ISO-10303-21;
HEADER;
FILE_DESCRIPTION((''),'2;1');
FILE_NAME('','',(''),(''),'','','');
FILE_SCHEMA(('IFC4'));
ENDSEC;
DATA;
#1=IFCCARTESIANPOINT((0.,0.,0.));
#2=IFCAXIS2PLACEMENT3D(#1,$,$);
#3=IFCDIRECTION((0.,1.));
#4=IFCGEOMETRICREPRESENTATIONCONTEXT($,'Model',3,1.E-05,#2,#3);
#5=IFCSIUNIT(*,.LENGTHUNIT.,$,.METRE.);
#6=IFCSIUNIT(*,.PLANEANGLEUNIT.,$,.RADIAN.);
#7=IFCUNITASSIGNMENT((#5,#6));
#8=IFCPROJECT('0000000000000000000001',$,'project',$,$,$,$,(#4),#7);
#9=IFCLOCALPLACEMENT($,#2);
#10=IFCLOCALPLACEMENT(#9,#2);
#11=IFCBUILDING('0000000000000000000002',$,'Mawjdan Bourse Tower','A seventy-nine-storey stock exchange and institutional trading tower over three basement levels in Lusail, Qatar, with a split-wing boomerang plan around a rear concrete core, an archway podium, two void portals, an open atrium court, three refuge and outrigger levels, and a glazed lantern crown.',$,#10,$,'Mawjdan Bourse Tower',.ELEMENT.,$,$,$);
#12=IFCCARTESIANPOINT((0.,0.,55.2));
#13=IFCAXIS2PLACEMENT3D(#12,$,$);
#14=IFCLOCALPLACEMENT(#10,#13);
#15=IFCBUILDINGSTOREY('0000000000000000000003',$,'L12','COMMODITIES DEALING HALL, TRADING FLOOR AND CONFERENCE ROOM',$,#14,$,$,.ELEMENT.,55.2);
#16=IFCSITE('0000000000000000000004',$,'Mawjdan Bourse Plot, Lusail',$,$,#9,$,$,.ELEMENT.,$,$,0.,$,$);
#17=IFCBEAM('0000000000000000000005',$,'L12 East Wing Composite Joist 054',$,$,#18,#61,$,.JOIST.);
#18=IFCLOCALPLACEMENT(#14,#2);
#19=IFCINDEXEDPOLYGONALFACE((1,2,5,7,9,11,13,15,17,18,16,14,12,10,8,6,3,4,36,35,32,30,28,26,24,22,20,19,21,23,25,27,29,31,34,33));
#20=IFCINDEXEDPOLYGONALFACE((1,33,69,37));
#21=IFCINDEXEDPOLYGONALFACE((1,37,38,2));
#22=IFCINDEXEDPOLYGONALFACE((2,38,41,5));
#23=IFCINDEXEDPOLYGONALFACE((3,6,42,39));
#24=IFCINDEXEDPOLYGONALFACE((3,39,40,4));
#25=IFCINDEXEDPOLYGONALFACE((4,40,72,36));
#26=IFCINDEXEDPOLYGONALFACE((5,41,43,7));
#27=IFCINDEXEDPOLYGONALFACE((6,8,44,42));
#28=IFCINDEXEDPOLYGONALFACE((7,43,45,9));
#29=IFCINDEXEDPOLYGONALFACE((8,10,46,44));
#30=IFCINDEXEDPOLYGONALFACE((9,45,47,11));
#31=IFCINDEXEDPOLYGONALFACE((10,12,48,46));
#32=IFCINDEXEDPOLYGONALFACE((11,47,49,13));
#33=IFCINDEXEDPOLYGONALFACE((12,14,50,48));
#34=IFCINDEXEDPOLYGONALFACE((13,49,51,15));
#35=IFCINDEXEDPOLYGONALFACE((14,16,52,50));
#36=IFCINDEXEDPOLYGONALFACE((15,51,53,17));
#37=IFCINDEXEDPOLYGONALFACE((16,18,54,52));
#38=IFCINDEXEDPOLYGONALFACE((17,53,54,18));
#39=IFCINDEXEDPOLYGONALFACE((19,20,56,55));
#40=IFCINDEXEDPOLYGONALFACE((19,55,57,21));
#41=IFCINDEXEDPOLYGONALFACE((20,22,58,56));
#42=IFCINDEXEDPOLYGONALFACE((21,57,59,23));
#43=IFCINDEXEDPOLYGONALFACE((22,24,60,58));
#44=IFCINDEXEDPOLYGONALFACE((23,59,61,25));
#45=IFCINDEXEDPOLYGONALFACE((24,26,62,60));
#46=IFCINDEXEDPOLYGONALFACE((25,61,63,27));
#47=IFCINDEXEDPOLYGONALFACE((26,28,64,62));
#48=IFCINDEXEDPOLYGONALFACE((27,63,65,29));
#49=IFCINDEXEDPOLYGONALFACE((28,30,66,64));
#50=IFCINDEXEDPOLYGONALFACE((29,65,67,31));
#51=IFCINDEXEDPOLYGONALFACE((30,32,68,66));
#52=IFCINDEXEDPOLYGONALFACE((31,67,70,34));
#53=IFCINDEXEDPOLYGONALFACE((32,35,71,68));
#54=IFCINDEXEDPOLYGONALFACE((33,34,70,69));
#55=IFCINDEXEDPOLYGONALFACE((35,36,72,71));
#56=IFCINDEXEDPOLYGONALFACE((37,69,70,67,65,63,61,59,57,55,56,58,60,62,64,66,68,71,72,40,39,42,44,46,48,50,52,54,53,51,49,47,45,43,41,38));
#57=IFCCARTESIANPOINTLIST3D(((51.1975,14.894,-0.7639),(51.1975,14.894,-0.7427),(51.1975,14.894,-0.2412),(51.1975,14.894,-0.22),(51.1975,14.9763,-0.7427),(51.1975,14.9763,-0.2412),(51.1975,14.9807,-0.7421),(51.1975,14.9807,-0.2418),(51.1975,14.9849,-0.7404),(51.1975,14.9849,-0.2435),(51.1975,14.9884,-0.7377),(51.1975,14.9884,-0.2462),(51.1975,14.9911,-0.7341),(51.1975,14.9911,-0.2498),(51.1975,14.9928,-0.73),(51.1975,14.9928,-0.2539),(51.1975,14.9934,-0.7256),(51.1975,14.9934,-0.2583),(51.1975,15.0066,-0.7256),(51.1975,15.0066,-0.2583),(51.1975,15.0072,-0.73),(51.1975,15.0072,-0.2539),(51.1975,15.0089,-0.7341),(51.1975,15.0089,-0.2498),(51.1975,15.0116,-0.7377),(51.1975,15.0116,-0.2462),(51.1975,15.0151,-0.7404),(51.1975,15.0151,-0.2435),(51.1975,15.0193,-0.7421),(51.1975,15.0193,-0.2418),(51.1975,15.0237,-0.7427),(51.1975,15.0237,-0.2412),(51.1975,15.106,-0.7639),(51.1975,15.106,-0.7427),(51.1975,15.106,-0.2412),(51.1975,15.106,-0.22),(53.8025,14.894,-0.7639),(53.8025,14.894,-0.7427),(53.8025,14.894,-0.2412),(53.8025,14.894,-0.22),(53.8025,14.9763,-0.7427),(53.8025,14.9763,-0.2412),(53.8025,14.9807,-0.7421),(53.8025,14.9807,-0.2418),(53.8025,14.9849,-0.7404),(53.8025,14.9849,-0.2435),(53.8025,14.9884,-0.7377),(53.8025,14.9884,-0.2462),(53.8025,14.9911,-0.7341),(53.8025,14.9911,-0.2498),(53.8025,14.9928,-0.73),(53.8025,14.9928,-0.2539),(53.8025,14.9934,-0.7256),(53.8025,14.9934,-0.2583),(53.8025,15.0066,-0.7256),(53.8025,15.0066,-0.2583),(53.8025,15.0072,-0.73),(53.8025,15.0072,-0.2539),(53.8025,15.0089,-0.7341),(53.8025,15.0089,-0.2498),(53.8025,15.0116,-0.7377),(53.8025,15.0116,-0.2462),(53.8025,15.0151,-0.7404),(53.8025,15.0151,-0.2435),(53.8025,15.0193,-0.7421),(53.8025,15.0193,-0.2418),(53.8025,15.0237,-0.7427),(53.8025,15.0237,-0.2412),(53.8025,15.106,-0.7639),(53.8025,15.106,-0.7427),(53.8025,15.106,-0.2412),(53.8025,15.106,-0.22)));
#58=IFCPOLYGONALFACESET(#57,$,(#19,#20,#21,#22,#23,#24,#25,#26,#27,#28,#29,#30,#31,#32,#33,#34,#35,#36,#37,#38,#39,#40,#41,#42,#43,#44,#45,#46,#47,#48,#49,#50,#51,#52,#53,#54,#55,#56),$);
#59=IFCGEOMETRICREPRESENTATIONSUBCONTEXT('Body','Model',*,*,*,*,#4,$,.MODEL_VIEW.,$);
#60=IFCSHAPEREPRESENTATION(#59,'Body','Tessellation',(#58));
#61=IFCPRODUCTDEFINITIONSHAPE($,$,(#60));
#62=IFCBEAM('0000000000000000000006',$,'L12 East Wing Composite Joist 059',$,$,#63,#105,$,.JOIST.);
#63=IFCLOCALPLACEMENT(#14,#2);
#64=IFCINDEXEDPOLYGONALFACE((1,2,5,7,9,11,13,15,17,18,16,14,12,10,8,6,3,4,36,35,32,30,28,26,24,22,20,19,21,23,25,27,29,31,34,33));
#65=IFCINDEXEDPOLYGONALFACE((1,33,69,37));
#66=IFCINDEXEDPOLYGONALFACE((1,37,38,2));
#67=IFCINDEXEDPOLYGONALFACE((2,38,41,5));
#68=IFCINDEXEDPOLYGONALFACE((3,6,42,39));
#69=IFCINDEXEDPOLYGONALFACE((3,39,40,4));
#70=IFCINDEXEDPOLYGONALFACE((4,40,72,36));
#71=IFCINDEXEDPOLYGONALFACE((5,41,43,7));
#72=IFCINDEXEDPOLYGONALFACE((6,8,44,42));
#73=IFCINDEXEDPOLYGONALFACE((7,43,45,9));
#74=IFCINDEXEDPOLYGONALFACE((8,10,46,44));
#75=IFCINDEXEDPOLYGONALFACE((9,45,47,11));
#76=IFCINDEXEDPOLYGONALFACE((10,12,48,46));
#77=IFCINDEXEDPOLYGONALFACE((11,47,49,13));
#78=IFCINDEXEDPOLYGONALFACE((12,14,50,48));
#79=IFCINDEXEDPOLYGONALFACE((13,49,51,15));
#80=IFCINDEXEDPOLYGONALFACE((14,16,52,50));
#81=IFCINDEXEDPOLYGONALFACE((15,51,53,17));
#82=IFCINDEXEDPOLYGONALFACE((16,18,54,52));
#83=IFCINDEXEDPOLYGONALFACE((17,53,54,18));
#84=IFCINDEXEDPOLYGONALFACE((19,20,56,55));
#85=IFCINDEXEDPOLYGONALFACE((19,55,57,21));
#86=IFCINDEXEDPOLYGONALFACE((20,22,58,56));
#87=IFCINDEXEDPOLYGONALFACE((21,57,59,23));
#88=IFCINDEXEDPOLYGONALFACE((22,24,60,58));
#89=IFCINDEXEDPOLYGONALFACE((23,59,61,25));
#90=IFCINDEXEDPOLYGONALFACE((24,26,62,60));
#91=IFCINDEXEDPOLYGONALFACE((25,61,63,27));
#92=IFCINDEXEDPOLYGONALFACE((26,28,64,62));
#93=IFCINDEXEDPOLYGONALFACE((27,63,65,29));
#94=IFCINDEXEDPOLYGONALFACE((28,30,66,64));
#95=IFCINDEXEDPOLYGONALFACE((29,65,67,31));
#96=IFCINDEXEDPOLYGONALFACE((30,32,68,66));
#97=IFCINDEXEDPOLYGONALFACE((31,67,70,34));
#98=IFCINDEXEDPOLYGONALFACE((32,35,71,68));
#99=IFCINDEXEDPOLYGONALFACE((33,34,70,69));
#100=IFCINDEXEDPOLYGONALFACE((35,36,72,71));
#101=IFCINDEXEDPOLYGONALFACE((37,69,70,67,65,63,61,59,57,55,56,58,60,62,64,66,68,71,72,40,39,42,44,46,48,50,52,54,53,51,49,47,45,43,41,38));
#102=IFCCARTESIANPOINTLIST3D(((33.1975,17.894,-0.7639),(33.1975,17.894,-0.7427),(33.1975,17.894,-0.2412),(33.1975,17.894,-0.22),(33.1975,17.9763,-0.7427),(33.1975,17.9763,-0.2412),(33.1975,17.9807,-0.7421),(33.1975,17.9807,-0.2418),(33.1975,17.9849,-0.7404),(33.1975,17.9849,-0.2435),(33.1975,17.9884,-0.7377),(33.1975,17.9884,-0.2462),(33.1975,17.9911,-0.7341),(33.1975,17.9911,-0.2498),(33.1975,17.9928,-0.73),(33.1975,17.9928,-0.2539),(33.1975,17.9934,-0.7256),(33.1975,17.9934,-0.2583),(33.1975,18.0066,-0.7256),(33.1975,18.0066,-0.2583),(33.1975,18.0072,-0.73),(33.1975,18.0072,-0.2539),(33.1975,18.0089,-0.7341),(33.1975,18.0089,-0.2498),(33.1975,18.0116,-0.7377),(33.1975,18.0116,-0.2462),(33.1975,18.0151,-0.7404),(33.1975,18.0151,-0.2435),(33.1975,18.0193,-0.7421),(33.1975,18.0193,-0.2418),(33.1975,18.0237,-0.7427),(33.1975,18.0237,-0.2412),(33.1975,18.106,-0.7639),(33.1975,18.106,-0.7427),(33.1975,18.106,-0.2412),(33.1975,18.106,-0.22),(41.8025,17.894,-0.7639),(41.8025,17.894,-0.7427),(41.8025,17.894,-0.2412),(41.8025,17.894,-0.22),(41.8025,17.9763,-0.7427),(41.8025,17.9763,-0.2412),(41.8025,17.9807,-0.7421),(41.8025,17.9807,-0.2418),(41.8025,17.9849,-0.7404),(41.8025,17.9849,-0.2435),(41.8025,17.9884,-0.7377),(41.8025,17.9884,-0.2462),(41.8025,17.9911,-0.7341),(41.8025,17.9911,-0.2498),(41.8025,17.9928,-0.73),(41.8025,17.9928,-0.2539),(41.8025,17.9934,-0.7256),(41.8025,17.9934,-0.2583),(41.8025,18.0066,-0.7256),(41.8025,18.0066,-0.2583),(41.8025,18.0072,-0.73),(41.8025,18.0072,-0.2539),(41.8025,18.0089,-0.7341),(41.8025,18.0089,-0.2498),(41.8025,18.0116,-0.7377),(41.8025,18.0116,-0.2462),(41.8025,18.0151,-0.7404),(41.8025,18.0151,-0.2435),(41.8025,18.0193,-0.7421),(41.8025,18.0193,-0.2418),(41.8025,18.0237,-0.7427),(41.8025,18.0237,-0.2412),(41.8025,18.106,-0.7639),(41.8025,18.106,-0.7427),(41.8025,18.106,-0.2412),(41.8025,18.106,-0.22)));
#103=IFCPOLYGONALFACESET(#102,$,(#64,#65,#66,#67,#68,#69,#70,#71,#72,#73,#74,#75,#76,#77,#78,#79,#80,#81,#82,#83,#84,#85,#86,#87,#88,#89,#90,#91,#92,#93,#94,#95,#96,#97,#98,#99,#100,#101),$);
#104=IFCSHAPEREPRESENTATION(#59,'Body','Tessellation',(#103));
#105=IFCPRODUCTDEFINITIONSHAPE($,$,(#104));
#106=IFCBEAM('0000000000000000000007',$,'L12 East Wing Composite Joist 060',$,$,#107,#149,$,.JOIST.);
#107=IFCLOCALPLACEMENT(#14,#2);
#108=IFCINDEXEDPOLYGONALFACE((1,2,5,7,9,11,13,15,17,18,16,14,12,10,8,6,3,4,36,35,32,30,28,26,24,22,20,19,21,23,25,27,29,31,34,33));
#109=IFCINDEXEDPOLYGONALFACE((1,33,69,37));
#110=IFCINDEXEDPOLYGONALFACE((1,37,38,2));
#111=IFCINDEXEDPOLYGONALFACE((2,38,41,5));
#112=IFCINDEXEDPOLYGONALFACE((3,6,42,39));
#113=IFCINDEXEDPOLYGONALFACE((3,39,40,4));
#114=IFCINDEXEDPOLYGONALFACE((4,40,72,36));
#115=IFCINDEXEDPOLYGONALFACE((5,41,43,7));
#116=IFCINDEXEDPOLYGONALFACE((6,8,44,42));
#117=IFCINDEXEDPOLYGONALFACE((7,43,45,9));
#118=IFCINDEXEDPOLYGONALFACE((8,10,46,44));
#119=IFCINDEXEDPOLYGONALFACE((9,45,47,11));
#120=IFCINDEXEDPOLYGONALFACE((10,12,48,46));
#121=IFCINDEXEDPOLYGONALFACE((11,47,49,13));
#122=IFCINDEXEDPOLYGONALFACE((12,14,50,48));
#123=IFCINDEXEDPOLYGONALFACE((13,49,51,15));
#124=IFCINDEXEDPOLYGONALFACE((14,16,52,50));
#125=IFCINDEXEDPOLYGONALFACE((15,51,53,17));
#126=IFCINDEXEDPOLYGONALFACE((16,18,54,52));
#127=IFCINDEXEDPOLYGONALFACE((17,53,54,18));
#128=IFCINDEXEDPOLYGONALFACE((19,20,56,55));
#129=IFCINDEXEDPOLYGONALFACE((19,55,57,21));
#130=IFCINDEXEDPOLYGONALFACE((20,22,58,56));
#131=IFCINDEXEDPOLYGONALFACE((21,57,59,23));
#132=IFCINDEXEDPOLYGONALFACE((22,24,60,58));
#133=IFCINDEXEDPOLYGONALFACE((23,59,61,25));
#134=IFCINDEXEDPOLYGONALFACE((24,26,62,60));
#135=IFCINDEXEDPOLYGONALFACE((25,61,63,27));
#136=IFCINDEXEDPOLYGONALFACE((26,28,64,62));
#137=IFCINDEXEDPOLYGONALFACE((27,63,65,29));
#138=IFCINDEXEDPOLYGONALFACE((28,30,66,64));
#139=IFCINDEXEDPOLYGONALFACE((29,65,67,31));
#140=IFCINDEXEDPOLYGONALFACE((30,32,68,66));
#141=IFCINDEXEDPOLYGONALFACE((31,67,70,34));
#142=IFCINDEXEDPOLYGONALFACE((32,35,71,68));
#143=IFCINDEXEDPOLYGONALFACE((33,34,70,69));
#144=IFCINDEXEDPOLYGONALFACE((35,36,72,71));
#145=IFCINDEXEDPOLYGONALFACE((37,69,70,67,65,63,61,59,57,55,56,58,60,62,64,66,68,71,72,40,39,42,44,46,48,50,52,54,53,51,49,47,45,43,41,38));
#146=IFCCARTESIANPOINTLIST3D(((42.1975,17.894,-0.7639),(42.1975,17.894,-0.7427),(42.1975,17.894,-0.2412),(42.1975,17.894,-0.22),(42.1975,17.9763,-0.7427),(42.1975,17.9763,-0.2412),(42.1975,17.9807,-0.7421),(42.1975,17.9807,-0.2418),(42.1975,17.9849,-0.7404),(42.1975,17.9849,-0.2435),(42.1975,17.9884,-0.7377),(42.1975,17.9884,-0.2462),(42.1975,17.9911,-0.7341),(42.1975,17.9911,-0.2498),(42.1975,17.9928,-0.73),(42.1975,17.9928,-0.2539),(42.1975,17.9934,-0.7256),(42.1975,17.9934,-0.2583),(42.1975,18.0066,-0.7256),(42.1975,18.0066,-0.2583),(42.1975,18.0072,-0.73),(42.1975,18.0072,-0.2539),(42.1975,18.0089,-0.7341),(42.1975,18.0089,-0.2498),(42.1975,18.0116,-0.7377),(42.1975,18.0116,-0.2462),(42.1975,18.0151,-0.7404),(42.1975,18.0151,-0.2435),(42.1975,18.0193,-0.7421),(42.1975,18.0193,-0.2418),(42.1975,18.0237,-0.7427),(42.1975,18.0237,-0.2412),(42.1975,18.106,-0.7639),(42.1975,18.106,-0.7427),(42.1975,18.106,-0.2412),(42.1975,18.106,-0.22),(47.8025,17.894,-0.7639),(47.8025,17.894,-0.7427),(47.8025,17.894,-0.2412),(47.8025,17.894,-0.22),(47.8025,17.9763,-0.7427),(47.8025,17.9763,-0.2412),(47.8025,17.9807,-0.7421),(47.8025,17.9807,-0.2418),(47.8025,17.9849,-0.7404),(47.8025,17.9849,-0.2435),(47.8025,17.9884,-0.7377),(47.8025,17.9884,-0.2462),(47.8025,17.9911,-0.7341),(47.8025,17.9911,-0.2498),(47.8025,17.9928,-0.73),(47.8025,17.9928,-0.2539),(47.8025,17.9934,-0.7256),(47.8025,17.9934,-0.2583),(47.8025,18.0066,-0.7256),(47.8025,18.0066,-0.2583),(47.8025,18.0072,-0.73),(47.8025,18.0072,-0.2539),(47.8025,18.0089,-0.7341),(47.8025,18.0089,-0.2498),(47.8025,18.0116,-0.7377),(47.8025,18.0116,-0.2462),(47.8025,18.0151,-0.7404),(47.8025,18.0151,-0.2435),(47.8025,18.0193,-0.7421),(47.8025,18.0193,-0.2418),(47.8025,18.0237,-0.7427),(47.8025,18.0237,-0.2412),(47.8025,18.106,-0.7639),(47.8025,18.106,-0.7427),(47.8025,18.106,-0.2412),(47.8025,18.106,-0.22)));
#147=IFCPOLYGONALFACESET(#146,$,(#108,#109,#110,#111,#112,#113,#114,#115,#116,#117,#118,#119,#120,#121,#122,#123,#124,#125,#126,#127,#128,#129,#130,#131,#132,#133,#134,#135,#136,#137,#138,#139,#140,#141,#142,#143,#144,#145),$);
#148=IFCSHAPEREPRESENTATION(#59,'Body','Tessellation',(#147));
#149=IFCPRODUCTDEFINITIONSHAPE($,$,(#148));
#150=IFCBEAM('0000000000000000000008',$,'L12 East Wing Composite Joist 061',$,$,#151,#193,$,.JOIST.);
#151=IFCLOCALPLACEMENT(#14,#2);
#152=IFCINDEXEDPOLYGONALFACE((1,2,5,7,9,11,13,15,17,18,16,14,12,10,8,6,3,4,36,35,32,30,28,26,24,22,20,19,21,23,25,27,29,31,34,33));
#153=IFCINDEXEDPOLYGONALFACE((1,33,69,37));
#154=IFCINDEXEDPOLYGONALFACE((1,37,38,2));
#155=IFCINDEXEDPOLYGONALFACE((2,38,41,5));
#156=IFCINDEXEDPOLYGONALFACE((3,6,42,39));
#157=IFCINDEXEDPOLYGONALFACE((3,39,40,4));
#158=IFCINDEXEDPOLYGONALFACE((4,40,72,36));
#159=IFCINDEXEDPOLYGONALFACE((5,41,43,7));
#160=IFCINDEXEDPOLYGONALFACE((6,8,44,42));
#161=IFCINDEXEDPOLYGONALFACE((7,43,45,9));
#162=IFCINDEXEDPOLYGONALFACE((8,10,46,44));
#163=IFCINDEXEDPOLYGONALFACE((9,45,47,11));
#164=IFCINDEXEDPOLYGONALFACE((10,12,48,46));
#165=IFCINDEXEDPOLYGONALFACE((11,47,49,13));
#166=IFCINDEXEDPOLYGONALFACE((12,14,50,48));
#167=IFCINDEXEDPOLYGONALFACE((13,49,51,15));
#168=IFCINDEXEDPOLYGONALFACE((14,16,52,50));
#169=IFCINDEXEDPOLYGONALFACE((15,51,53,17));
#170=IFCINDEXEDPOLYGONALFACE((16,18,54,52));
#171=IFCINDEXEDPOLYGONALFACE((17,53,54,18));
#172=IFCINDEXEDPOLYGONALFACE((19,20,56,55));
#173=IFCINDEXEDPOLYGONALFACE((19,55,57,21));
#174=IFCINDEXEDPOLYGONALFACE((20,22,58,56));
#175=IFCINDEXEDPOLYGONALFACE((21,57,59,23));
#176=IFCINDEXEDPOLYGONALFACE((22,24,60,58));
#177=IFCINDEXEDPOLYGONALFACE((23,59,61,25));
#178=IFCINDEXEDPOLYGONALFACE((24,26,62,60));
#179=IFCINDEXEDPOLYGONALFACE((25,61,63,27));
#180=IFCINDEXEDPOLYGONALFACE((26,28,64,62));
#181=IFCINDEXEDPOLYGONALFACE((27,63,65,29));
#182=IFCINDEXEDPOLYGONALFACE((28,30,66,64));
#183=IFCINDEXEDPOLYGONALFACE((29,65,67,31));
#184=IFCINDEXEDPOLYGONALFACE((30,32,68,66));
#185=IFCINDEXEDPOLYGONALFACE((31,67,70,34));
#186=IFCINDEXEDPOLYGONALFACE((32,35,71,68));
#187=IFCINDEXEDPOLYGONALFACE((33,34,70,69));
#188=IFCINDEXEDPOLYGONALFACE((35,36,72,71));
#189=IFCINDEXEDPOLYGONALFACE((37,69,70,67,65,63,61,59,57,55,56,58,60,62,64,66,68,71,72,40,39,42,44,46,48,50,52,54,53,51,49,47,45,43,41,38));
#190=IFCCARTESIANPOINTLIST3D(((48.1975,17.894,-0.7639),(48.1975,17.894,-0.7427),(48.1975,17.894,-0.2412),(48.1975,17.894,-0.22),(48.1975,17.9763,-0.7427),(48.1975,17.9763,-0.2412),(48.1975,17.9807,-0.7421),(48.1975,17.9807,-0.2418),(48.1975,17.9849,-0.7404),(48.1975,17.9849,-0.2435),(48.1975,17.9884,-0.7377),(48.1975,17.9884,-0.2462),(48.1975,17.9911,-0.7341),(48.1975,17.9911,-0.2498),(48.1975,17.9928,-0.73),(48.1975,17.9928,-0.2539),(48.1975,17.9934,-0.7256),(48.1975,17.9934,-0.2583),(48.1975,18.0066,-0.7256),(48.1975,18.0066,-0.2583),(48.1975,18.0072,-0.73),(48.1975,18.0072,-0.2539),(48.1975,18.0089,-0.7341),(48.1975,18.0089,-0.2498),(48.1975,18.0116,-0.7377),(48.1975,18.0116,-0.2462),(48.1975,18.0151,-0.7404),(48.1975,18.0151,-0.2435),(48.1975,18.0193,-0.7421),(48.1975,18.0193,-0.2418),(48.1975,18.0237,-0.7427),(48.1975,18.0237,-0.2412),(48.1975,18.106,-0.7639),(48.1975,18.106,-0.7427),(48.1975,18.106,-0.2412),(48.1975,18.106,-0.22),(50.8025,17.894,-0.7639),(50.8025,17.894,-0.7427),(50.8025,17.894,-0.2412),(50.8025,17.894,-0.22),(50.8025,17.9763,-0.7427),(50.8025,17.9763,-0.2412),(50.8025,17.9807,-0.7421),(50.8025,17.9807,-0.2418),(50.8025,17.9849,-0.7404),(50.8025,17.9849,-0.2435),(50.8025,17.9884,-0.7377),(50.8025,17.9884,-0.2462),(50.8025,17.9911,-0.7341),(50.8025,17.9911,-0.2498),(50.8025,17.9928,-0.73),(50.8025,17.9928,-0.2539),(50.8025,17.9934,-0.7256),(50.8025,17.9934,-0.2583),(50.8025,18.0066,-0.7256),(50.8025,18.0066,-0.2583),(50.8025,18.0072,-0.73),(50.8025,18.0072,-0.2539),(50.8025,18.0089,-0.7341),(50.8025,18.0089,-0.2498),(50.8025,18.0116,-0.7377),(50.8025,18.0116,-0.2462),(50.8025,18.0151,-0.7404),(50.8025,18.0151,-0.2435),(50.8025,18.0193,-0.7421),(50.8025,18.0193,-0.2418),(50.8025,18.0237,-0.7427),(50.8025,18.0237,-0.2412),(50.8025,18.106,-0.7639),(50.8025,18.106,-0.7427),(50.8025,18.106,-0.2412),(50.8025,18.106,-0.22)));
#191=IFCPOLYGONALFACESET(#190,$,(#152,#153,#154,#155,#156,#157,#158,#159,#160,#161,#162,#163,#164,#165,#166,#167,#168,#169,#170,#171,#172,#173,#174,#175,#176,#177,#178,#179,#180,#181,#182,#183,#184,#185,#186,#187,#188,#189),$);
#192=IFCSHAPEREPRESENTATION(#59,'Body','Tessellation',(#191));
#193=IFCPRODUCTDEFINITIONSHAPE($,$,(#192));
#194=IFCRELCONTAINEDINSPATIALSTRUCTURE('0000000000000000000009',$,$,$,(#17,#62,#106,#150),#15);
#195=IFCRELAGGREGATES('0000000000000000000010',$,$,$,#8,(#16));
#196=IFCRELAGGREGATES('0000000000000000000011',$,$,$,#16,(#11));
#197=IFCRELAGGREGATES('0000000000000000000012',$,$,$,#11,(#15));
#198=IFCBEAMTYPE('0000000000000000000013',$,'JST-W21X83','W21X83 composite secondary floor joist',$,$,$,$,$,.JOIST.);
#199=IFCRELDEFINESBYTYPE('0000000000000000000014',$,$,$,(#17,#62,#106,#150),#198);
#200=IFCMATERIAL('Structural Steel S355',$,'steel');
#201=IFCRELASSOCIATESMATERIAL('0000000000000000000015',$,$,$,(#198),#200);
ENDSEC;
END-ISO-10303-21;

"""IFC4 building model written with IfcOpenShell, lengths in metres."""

from ifc_helpers import new_model, si_unit, direction, frame, origin, origin_2d, place, context, subcontext, project, spatial, i_section, extrude, material, material_profile, profile_set, type_object, element, save


model = new_model("IFC4")

# Units and contexts
model_context = context("Model", 3, precision=1e-05, world=origin(), true_north=direction((0.0, 1.0)))
body_context = subcontext(model_context, "Body", "Model", "MODEL_VIEW")
ifc_project = project(units=[si_unit("LENGTHUNIT", "METRE"), si_unit("PLANEANGLEUNIT", "RADIAN")], contexts=[model_context])

# Site, building, storey
site_placement = place(None, origin())
site = spatial("IfcSite", under=ifc_project, at=site_placement, Name="Mawjdan Bourse Plot, Lusail", CompositionType="ELEMENT", RefElevation=0.0)
building_placement = place(site_placement, origin())
building = spatial("IfcBuilding", under=site, at=building_placement, Name="Mawjdan Bourse Tower", Description="A seventy-nine-storey stock exchange and institutional trading tower over three basement levels in Lusail, Qatar, with a split-wing boomerang plan around a rear concrete core, an archway podium, two void portals, an open atrium court, three refuge and outrigger levels, and a glazed lantern crown.", LongName="Mawjdan Bourse Tower", CompositionType="ELEMENT")
storey_placement = place(building_placement, frame((0.0, 0.0, 55.2)))
storey = spatial("IfcBuildingStorey", under=building, at=storey_placement, Name="L12", Description="COMMODITIES DEALING HALL, TRADING FLOOR AND CONFERENCE ROOM", CompositionType="ELEMENT", Elevation=55.2)

# Beams
ifc_material_1 = material(Name="Structural Steel S355", Category="steel")
ifc_material_profile_1 = material_profile(ifc_material_1, i_section(OverallWidth=0.2119, OverallDepth=0.5439, WebThickness=0.0132, FlangeThickness=0.0212, FilletRadius=0.0171, at=origin_2d()), Name="W21X83")
ifc_profile_set_1 = profile_set([ifc_material_profile_1], Name="Structural Steel S355")
beam_type_1 = type_object("IfcBeamType", Name="JST-W21X83", Description="W21X83 composite secondary floor joist", PredefinedType="JOIST", material=ifc_profile_set_1)
for number, where, z_axis, x_axis, name in (
    (1, (51.1975, 15.0, -0.4919), (1.0, 0.0, 0.0), (0.0, 1.0, 0.0), "L12 East Wing Composite Joist 054"),
):
    element("IfcBeam", number, at=place(storey_placement, frame(where, z_axis=z_axis, x_axis=x_axis)), inside=storey, type_object=beam_type_1, Name=name, PredefinedType="JOIST", context=body_context, shape_type="SweptSolid", body=[
        extrude(i_section(OverallWidth=0.2119, OverallDepth=0.5439, WebThickness=0.0132, FlangeThickness=0.0212, FilletRadius=0.0171, at=origin_2d()), origin(), (0.0, 0.0, 1.0), 2.605),
    ])
beam_1_placement = place(storey_placement, frame((33.1975, 18.0, -0.4919), z_axis=(1.0, 0.0, 0.0), x_axis=(0.0, 1.0, 0.0)))
element("IfcBeam", 2, at=beam_1_placement, inside=storey, type_object=beam_type_1, Name="L12 East Wing Composite Joist 059", PredefinedType="JOIST", context=body_context, shape_type="SweptSolid", body=[
    extrude(i_section(OverallWidth=0.2119, OverallDepth=0.5439, WebThickness=0.0132, FlangeThickness=0.0212, FilletRadius=0.0171, at=origin_2d()), origin(), (0.0, 0.0, 1.0), 8.605),
])
beam_2_placement = place(storey_placement, frame((42.1975, 18.0, -0.4919), z_axis=(1.0, 0.0, 0.0), x_axis=(0.0, 1.0, 0.0)))
element("IfcBeam", 3, at=beam_2_placement, inside=storey, type_object=beam_type_1, Name="L12 East Wing Composite Joist 060", PredefinedType="JOIST", context=body_context, shape_type="SweptSolid", body=[
    extrude(i_section(OverallWidth=0.2119, OverallDepth=0.5439, WebThickness=0.0132, FlangeThickness=0.0212, FilletRadius=0.0171, at=origin_2d()), origin(), (0.0, 0.0, 1.0), 5.605),
])
beam_3_placement = place(storey_placement, frame((48.1975, 18.0, -0.4919), z_axis=(1.0, 0.0, 0.0), x_axis=(0.0, 1.0, 0.0)))
element("IfcBeam", 4, at=beam_3_placement, inside=storey, type_object=beam_type_1, Name="L12 East Wing Composite Joist 061", PredefinedType="JOIST", context=body_context, shape_type="SweptSolid", body=[
    extrude(i_section(OverallWidth=0.2119, OverallDepth=0.5439, WebThickness=0.0132, FlangeThickness=0.0212, FilletRadius=0.0171, at=origin_2d()), origin(), (0.0, 0.0, 1.0), 2.605),
])

save(model, "model.ifc")
